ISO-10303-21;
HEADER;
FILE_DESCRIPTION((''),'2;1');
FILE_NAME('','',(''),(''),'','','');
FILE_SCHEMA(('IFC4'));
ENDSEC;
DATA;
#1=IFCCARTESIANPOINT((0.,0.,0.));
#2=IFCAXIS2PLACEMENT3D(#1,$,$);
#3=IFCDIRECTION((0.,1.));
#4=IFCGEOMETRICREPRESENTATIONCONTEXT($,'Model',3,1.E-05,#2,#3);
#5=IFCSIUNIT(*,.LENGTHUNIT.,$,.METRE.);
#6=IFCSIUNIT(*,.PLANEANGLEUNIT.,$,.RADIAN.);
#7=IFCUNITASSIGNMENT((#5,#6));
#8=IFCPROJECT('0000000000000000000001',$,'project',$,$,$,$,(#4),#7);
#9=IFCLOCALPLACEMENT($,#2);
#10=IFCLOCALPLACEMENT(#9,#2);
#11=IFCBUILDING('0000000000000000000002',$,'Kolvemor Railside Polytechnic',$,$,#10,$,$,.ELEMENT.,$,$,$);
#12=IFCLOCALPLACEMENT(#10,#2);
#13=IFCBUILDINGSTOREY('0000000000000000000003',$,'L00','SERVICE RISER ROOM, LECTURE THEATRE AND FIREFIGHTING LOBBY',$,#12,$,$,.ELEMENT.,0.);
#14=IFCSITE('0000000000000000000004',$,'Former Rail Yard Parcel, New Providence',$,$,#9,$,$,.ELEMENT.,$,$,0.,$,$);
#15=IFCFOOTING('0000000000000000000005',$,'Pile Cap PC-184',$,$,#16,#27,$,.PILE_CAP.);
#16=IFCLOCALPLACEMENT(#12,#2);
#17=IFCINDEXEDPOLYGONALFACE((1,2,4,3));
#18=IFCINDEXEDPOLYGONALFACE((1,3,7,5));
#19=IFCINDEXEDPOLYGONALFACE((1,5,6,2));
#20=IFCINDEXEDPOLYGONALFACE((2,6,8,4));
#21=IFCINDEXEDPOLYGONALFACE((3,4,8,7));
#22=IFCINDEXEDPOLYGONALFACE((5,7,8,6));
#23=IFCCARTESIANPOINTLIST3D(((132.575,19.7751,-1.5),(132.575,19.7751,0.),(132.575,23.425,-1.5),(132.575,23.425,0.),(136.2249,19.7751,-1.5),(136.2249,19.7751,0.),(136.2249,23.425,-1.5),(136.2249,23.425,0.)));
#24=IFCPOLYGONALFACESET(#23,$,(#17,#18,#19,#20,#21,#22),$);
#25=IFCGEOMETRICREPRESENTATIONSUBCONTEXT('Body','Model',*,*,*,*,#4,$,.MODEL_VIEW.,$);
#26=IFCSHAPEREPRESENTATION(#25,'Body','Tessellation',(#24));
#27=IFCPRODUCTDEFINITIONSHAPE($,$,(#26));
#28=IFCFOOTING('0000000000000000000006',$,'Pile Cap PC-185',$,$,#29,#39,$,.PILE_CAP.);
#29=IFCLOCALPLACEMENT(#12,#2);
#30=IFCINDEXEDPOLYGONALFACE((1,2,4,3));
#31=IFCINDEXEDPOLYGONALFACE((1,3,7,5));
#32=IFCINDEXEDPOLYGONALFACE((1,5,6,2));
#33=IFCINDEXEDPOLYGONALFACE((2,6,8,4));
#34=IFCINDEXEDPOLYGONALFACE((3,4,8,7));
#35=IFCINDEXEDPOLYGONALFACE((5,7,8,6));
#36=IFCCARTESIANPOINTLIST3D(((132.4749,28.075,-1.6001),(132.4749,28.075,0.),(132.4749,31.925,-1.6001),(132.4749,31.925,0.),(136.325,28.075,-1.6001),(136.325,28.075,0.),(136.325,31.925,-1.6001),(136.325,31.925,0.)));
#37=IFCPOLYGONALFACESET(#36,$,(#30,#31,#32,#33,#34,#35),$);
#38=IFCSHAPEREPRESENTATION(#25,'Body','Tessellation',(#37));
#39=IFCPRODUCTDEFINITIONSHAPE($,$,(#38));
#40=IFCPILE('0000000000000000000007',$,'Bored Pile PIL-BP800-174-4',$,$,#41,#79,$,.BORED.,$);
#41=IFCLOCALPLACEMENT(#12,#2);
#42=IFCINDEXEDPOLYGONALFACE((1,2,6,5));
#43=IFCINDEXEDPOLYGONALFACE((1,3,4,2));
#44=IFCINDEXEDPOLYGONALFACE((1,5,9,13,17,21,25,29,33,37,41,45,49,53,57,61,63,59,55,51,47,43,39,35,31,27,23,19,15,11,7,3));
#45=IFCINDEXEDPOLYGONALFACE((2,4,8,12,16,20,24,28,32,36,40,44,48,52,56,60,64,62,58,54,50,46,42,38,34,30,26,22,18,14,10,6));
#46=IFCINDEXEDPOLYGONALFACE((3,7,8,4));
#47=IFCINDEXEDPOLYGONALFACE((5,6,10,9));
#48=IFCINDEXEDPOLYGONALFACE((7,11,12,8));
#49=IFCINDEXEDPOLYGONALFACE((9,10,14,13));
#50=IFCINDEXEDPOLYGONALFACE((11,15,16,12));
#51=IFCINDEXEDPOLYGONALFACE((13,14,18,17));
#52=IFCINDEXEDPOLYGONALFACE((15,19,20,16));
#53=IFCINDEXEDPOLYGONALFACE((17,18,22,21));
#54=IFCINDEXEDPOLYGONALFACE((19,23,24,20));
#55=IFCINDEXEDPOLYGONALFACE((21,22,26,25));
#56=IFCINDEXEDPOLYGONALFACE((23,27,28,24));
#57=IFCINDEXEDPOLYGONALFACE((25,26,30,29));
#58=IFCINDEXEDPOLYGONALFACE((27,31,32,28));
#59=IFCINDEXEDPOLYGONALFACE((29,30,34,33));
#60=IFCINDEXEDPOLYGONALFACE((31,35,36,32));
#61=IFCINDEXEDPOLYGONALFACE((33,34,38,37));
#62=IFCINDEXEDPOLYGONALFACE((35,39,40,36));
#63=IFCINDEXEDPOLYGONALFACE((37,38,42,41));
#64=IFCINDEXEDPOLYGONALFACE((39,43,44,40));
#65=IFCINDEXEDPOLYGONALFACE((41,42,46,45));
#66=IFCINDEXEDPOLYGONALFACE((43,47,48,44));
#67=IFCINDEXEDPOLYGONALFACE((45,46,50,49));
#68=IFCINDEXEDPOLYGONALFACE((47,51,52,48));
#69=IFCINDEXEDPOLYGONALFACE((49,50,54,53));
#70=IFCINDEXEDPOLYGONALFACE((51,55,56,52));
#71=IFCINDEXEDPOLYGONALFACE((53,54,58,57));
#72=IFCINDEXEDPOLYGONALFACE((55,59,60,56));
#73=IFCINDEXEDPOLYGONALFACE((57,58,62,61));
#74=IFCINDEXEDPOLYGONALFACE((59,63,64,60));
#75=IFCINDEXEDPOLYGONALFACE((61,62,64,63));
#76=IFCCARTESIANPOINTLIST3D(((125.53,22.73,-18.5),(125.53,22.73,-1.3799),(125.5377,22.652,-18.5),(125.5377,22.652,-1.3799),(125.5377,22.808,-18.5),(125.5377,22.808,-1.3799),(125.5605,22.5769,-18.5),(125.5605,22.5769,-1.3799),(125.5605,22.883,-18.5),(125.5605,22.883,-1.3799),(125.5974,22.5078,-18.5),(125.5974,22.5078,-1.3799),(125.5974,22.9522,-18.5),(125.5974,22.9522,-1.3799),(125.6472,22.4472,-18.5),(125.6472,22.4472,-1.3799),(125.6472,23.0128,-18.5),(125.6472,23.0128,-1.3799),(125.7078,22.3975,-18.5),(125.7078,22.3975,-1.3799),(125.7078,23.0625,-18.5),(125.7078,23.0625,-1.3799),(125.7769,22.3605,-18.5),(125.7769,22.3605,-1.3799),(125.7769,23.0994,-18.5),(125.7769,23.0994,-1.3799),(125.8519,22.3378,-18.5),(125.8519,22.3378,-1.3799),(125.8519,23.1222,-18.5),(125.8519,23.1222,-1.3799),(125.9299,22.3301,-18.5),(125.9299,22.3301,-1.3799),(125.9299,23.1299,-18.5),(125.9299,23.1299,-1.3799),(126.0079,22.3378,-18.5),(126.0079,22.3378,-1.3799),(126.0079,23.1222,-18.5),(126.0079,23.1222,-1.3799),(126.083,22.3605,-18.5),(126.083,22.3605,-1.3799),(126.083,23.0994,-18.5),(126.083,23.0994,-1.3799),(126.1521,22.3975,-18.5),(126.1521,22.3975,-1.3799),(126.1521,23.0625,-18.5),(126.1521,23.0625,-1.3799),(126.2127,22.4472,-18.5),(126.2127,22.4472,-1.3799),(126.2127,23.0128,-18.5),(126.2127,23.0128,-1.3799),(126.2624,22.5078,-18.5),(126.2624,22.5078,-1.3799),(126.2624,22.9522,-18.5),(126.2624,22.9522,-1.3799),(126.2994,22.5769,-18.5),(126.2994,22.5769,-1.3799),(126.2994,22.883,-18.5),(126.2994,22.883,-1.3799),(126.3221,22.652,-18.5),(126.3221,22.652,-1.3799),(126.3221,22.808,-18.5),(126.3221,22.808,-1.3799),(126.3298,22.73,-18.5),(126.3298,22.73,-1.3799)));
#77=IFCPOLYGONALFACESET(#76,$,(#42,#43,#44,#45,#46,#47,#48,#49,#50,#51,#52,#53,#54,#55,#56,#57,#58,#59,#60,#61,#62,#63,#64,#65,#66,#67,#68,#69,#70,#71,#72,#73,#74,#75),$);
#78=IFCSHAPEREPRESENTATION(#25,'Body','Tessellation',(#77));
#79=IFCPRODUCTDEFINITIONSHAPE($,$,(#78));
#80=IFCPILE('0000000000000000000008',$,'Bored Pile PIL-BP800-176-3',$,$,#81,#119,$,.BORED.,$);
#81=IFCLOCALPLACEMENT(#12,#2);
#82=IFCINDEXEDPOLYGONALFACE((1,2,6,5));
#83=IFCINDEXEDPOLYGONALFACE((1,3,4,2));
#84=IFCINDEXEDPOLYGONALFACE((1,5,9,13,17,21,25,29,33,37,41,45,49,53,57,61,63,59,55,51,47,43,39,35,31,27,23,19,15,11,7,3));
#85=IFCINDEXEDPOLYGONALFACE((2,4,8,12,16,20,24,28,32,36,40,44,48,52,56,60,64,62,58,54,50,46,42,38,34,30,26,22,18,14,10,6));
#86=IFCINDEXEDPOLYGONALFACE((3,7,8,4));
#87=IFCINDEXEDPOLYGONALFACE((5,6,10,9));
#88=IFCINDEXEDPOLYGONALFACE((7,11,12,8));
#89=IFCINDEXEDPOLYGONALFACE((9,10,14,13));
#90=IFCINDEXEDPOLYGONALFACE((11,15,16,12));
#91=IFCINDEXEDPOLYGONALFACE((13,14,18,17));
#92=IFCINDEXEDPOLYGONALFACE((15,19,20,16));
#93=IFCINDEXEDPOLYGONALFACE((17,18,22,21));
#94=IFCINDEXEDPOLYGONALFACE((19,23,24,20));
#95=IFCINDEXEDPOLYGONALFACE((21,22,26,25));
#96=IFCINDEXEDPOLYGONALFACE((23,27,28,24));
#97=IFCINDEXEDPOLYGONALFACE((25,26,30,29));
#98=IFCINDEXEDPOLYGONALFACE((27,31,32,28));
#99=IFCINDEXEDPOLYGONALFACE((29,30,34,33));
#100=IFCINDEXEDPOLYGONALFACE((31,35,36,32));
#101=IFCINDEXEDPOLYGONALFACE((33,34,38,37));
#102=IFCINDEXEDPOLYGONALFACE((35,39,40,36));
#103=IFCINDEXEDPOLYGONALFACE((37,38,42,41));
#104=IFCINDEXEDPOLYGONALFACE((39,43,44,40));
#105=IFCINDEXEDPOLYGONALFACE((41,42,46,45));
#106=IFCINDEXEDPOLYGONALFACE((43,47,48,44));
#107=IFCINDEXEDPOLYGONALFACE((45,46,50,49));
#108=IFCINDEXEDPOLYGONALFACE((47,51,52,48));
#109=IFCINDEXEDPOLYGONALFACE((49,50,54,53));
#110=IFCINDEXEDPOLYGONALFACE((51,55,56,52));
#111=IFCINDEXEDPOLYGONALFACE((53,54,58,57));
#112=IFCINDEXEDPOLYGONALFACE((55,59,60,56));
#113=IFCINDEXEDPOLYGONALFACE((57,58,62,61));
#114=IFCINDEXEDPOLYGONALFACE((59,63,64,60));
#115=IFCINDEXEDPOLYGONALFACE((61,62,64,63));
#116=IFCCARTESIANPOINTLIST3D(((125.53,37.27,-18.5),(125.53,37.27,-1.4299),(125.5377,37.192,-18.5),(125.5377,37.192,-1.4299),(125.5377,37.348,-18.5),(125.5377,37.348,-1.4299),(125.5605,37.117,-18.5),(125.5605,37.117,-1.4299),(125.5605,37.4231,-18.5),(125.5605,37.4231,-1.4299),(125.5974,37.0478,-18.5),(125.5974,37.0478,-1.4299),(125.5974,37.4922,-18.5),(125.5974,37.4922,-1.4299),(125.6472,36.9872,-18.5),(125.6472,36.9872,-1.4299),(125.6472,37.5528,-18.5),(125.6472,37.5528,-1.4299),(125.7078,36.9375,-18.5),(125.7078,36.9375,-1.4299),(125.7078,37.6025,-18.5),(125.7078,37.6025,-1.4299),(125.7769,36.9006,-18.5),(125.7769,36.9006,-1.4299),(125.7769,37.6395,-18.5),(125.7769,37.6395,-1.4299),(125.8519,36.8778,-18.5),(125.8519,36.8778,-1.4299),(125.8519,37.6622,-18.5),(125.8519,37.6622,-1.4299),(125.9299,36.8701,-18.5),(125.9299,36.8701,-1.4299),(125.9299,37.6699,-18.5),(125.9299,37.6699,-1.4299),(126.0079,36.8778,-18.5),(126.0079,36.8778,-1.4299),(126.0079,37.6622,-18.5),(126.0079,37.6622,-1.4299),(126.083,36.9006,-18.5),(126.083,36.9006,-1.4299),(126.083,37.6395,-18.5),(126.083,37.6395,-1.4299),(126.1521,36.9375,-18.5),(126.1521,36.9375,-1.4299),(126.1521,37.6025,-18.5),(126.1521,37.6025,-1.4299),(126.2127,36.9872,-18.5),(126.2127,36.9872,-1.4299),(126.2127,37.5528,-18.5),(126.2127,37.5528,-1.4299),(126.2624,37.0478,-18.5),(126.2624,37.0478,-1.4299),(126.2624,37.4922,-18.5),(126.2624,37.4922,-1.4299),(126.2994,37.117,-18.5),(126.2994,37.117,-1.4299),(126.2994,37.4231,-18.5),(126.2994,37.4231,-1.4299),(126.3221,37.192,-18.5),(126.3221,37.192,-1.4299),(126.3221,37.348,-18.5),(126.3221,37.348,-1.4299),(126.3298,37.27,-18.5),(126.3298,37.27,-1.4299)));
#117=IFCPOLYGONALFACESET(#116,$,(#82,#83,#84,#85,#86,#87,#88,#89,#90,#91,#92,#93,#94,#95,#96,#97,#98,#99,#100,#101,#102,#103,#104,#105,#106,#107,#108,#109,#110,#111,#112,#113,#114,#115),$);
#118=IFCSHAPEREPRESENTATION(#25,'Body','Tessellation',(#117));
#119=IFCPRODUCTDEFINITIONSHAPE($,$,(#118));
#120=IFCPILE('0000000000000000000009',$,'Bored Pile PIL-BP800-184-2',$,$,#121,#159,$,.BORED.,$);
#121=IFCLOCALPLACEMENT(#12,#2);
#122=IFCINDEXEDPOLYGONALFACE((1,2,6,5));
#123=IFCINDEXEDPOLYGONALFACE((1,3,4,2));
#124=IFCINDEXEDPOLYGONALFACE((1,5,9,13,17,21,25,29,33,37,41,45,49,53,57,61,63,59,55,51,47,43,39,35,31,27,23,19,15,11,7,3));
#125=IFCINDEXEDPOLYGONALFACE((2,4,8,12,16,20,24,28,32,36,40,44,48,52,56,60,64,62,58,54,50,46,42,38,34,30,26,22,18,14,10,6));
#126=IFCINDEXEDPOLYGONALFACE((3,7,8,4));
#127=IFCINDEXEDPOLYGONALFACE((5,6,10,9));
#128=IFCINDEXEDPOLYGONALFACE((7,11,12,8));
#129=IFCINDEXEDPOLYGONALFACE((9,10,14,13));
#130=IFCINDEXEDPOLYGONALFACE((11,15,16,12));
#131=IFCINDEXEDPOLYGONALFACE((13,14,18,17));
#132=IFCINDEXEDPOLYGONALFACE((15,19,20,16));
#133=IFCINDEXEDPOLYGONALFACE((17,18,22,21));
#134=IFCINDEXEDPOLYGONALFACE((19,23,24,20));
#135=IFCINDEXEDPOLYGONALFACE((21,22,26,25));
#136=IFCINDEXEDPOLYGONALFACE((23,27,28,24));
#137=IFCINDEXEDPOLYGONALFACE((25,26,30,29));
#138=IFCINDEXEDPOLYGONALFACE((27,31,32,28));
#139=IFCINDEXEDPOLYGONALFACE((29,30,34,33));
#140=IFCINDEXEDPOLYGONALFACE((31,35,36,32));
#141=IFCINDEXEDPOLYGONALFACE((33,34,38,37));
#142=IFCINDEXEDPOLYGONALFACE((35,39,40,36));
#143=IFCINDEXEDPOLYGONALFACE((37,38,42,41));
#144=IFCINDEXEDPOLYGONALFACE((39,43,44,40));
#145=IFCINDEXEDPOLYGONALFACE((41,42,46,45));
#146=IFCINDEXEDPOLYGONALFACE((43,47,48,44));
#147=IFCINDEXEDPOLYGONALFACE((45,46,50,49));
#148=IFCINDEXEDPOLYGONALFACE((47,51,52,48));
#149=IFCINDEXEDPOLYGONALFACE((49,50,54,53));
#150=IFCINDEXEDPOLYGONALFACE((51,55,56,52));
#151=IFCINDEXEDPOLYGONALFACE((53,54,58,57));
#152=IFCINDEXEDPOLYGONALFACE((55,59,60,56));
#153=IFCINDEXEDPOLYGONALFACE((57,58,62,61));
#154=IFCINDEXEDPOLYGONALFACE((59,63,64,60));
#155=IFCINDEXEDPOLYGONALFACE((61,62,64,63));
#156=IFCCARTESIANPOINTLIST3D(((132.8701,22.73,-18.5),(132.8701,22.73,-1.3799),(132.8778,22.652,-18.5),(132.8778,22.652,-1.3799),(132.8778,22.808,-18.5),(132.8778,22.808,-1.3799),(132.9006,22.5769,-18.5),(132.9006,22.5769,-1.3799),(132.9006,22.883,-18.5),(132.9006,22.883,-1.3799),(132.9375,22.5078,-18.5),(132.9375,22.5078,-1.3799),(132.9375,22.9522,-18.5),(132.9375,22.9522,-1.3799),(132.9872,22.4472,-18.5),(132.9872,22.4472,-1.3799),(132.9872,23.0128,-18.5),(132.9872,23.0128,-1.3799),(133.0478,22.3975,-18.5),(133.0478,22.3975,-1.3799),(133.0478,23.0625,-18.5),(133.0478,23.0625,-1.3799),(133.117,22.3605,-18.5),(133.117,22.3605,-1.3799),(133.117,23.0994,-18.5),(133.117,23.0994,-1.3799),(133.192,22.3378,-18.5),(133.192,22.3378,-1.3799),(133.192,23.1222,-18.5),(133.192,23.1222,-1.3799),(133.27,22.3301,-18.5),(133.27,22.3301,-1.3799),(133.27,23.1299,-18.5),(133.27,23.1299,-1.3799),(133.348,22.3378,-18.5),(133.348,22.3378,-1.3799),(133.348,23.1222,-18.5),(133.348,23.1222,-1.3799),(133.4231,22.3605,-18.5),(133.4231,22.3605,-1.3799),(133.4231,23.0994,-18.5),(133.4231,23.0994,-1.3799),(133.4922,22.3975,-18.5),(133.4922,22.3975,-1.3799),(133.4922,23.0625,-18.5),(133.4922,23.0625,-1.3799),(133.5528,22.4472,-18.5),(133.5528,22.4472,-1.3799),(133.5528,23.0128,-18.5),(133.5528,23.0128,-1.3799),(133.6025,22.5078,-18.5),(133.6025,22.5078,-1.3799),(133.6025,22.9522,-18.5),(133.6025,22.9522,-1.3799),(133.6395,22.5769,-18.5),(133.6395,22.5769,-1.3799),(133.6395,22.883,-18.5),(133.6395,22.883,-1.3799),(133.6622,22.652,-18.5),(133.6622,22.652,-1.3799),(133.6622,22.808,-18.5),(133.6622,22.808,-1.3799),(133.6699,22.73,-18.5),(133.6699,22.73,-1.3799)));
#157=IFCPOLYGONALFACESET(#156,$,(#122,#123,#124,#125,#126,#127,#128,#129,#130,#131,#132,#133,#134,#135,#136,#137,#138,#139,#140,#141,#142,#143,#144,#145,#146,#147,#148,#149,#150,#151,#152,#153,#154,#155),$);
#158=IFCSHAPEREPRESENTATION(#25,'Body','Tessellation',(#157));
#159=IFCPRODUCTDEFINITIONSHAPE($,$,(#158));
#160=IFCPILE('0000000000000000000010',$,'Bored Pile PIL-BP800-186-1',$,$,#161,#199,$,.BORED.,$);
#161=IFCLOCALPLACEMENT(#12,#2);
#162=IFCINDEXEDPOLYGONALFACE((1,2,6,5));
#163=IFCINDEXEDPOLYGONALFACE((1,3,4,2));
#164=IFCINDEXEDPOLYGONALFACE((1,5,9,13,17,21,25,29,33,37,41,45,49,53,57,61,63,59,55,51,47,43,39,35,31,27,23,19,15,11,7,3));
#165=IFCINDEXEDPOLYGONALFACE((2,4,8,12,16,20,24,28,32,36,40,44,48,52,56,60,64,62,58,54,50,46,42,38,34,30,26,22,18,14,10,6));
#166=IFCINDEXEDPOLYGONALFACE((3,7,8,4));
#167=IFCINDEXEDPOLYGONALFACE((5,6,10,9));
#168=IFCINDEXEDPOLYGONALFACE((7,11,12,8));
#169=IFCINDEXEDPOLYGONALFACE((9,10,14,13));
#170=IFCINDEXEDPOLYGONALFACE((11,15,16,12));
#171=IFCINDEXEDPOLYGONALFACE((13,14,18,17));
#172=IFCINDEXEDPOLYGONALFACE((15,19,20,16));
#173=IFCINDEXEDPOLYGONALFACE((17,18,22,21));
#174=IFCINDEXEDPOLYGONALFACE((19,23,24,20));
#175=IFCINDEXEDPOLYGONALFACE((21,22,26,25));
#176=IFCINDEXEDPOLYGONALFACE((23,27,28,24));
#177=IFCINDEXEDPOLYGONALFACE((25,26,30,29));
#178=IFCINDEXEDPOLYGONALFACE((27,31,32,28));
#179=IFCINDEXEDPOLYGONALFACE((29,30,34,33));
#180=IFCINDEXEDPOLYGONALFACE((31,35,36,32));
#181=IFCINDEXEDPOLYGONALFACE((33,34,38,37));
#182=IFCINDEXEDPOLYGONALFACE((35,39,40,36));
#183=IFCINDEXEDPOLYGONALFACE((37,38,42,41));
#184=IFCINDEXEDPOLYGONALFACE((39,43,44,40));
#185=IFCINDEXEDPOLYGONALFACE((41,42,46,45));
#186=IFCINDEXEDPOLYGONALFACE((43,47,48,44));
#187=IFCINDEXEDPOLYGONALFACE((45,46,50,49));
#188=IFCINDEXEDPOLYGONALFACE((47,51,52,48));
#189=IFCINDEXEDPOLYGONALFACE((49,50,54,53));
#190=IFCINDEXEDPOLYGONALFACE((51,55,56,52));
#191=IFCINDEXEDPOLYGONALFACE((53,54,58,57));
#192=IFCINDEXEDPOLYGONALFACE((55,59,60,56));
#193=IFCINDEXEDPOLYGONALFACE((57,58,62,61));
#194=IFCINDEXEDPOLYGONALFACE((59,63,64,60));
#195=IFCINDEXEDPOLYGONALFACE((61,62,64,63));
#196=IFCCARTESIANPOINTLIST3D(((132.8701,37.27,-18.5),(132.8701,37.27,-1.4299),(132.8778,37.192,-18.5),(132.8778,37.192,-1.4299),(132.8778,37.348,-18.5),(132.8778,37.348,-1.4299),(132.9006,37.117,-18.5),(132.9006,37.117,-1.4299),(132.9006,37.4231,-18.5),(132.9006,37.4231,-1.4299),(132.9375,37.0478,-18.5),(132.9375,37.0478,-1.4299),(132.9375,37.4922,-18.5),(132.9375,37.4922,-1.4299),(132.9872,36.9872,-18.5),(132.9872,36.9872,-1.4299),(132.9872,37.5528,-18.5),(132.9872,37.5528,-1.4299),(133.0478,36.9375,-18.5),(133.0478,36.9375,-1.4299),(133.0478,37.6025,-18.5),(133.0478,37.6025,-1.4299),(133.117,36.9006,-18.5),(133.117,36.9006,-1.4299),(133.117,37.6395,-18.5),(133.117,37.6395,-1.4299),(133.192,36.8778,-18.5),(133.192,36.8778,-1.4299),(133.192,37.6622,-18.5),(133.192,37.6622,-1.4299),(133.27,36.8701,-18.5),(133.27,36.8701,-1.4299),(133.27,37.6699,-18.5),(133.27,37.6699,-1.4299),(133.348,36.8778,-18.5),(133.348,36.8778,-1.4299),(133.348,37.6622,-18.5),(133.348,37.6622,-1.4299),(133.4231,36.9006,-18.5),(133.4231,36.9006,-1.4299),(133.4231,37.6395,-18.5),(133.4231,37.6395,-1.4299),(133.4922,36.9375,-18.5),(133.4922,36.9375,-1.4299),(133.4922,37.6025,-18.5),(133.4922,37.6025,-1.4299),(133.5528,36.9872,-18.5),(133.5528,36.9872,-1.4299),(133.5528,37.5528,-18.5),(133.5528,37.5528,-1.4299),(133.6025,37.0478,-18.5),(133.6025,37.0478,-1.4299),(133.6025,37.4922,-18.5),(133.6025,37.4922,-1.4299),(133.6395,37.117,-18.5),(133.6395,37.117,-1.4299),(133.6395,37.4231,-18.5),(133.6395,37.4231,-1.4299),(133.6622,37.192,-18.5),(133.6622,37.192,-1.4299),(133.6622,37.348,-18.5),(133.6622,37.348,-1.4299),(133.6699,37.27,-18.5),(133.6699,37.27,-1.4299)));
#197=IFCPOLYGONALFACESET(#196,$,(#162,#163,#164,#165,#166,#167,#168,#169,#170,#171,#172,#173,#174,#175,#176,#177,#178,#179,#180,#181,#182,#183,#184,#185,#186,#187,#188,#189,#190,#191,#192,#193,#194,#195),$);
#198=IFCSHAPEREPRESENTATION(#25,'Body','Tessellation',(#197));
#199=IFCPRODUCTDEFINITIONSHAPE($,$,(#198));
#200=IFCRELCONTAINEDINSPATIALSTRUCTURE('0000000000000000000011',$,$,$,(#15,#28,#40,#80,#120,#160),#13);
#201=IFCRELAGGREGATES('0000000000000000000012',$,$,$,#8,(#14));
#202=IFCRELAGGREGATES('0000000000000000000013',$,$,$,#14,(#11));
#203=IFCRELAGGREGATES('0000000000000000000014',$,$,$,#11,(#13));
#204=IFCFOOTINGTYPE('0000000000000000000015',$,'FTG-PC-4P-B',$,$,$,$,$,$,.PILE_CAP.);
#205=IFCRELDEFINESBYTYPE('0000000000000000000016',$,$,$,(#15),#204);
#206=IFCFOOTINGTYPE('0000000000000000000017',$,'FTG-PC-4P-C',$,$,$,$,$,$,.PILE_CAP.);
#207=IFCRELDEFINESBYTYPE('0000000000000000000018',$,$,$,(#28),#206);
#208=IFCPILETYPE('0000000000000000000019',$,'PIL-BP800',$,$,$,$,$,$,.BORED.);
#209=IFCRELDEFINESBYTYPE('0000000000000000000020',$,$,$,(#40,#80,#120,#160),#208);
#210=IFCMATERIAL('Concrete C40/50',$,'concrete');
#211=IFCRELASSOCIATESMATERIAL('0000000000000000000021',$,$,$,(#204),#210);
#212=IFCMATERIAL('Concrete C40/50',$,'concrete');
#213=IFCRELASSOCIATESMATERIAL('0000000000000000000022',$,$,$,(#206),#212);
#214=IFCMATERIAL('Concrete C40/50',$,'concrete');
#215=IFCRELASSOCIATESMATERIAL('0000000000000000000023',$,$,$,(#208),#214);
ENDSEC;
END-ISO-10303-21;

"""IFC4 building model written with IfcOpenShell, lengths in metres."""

from ifc_helpers import new_model, si_unit, direction, frame, origin, origin_2d, place, context, subcontext, project, spatial, rectangle, circle, extrude, material, material_profile, profile_set, type_object, element, save


model = new_model("IFC4")

# Units and contexts
model_context = context("Model", 3, precision=1e-05, world=origin(), true_north=direction((0.0, 1.0)))
body_context = subcontext(model_context, "Body", "Model", "MODEL_VIEW")
ifc_project = project(units=[si_unit("LENGTHUNIT", "METRE"), si_unit("PLANEANGLEUNIT", "RADIAN")], contexts=[model_context])

# Site, building, storey
site_placement = place(None, origin())
site = spatial("IfcSite", under=ifc_project, at=site_placement, Name="Former Rail Yard Parcel, New Providence", CompositionType="ELEMENT", RefElevation=0.0)
building_placement = place(site_placement, origin())
building = spatial("IfcBuilding", under=site, at=building_placement, Name="Kolvemor Railside Polytechnic", CompositionType="ELEMENT")
storey_placement = place(building_placement, origin())
storey = spatial("IfcBuildingStorey", under=building, at=storey_placement, Name="L00", Description="SERVICE RISER ROOM, LECTURE THEATRE AND FIREFIGHTING LOBBY", CompositionType="ELEMENT", Elevation=0.0)

# Footings
ifc_material_1 = material(Name="Concrete C40/50", Category="concrete")
footing_type_1 = type_object("IfcFootingType", Name="FTG-PC-4P-B", PredefinedType="PILE_CAP", material=ifc_material_1)
footing_1_placement = place(storey_placement, frame((134.3999, 21.6001, -1.5), z_axis=(0.0, 0.0, 1.0), x_axis=(1.0, 0.0, 0.0)))
element("IfcFooting", 1, at=footing_1_placement, inside=storey, type_object=footing_type_1, Name="Pile Cap PC-184", PredefinedType="PILE_CAP", context=body_context, shape_type="SweptSolid", body=[
    extrude(rectangle(XDim=3.6499, YDim=3.6499, at=origin_2d()), origin(), (0.0, 0.0, 1.0), 1.5),
])
ifc_material_2 = material(Name="Concrete C40/50", Category="concrete")
footing_type_2 = type_object("IfcFootingType", Name="FTG-PC-4P-C", PredefinedType="PILE_CAP", material=ifc_material_2)
footing_2_placement = place(storey_placement, frame((134.3999, 30.0, -1.6001), z_axis=(0.0, 0.0, 1.0), x_axis=(1.0, 0.0, 0.0)))
element("IfcFooting", 2, at=footing_2_placement, inside=storey, type_object=footing_type_2, Name="Pile Cap PC-185", PredefinedType="PILE_CAP", context=body_context, shape_type="SweptSolid", body=[
    extrude(rectangle(XDim=3.8501, YDim=3.8501, at=origin_2d()), origin(), (0.0, 0.0, 1.0), 1.6001),
])

# Piles
ifc_material_3 = material(Name="Concrete C40/50", Category="concrete")
ifc_material_profile_1 = material_profile(ifc_material_3, circle(Radius=0.3999, at=origin_2d()), Name="BP800")
ifc_profile_set_1 = profile_set([ifc_material_profile_1], Name="Concrete C40/50")
pile_type_1 = type_object("IfcPileType", Name="PIL-BP800", PredefinedType="BORED", material=ifc_profile_set_1)
pile_1_placement = place(storey_placement, frame((125.9299, 22.73, -1.3799), z_axis=(0.0, 0.0, -1.0), x_axis=(1.0, 0.0, 0.0)))
element("IfcPile", 3, at=pile_1_placement, inside=storey, type_object=pile_type_1, Name="Bored Pile PIL-BP800-174-4", PredefinedType="BORED", context=body_context, shape_type="SweptSolid", body=[
    extrude(circle(Radius=0.3999, at=origin_2d()), origin(), (0.0, 0.0, 1.0), 17.1201),
])
pile_2_placement = place(storey_placement, frame((125.9299, 37.27, -1.4299), z_axis=(0.0, 0.0, -1.0), x_axis=(1.0, 0.0, 0.0)))
element("IfcPile", 4, at=pile_2_placement, inside=storey, type_object=pile_type_1, Name="Bored Pile PIL-BP800-176-3", PredefinedType="BORED", context=body_context, shape_type="SweptSolid", body=[
    extrude(circle(Radius=0.3999, at=origin_2d()), origin(), (0.0, 0.0, 1.0), 17.0701),
])
pile_3_placement = place(storey_placement, frame((133.27, 22.73, -1.3799), z_axis=(0.0, 0.0, -1.0), x_axis=(1.0, 0.0, 0.0)))
element("IfcPile", 5, at=pile_3_placement, inside=storey, type_object=pile_type_1, Name="Bored Pile PIL-BP800-184-2", PredefinedType="BORED", context=body_context, shape_type="SweptSolid", body=[
    extrude(circle(Radius=0.3999, at=origin_2d()), origin(), (0.0, 0.0, 1.0), 17.1201),
])
pile_4_placement = place(storey_placement, frame((133.27, 37.27, -1.4299), z_axis=(0.0, 0.0, -1.0), x_axis=(1.0, 0.0, 0.0)))
element("IfcPile", 6, at=pile_4_placement, inside=storey, type_object=pile_type_1, Name="Bored Pile PIL-BP800-186-1", PredefinedType="BORED", context=body_context, shape_type="SweptSolid", body=[
    extrude(circle(Radius=0.3999, at=origin_2d()), origin(), (0.0, 0.0, 1.0), 17.0701),
])

save(model, "model.ifc")
